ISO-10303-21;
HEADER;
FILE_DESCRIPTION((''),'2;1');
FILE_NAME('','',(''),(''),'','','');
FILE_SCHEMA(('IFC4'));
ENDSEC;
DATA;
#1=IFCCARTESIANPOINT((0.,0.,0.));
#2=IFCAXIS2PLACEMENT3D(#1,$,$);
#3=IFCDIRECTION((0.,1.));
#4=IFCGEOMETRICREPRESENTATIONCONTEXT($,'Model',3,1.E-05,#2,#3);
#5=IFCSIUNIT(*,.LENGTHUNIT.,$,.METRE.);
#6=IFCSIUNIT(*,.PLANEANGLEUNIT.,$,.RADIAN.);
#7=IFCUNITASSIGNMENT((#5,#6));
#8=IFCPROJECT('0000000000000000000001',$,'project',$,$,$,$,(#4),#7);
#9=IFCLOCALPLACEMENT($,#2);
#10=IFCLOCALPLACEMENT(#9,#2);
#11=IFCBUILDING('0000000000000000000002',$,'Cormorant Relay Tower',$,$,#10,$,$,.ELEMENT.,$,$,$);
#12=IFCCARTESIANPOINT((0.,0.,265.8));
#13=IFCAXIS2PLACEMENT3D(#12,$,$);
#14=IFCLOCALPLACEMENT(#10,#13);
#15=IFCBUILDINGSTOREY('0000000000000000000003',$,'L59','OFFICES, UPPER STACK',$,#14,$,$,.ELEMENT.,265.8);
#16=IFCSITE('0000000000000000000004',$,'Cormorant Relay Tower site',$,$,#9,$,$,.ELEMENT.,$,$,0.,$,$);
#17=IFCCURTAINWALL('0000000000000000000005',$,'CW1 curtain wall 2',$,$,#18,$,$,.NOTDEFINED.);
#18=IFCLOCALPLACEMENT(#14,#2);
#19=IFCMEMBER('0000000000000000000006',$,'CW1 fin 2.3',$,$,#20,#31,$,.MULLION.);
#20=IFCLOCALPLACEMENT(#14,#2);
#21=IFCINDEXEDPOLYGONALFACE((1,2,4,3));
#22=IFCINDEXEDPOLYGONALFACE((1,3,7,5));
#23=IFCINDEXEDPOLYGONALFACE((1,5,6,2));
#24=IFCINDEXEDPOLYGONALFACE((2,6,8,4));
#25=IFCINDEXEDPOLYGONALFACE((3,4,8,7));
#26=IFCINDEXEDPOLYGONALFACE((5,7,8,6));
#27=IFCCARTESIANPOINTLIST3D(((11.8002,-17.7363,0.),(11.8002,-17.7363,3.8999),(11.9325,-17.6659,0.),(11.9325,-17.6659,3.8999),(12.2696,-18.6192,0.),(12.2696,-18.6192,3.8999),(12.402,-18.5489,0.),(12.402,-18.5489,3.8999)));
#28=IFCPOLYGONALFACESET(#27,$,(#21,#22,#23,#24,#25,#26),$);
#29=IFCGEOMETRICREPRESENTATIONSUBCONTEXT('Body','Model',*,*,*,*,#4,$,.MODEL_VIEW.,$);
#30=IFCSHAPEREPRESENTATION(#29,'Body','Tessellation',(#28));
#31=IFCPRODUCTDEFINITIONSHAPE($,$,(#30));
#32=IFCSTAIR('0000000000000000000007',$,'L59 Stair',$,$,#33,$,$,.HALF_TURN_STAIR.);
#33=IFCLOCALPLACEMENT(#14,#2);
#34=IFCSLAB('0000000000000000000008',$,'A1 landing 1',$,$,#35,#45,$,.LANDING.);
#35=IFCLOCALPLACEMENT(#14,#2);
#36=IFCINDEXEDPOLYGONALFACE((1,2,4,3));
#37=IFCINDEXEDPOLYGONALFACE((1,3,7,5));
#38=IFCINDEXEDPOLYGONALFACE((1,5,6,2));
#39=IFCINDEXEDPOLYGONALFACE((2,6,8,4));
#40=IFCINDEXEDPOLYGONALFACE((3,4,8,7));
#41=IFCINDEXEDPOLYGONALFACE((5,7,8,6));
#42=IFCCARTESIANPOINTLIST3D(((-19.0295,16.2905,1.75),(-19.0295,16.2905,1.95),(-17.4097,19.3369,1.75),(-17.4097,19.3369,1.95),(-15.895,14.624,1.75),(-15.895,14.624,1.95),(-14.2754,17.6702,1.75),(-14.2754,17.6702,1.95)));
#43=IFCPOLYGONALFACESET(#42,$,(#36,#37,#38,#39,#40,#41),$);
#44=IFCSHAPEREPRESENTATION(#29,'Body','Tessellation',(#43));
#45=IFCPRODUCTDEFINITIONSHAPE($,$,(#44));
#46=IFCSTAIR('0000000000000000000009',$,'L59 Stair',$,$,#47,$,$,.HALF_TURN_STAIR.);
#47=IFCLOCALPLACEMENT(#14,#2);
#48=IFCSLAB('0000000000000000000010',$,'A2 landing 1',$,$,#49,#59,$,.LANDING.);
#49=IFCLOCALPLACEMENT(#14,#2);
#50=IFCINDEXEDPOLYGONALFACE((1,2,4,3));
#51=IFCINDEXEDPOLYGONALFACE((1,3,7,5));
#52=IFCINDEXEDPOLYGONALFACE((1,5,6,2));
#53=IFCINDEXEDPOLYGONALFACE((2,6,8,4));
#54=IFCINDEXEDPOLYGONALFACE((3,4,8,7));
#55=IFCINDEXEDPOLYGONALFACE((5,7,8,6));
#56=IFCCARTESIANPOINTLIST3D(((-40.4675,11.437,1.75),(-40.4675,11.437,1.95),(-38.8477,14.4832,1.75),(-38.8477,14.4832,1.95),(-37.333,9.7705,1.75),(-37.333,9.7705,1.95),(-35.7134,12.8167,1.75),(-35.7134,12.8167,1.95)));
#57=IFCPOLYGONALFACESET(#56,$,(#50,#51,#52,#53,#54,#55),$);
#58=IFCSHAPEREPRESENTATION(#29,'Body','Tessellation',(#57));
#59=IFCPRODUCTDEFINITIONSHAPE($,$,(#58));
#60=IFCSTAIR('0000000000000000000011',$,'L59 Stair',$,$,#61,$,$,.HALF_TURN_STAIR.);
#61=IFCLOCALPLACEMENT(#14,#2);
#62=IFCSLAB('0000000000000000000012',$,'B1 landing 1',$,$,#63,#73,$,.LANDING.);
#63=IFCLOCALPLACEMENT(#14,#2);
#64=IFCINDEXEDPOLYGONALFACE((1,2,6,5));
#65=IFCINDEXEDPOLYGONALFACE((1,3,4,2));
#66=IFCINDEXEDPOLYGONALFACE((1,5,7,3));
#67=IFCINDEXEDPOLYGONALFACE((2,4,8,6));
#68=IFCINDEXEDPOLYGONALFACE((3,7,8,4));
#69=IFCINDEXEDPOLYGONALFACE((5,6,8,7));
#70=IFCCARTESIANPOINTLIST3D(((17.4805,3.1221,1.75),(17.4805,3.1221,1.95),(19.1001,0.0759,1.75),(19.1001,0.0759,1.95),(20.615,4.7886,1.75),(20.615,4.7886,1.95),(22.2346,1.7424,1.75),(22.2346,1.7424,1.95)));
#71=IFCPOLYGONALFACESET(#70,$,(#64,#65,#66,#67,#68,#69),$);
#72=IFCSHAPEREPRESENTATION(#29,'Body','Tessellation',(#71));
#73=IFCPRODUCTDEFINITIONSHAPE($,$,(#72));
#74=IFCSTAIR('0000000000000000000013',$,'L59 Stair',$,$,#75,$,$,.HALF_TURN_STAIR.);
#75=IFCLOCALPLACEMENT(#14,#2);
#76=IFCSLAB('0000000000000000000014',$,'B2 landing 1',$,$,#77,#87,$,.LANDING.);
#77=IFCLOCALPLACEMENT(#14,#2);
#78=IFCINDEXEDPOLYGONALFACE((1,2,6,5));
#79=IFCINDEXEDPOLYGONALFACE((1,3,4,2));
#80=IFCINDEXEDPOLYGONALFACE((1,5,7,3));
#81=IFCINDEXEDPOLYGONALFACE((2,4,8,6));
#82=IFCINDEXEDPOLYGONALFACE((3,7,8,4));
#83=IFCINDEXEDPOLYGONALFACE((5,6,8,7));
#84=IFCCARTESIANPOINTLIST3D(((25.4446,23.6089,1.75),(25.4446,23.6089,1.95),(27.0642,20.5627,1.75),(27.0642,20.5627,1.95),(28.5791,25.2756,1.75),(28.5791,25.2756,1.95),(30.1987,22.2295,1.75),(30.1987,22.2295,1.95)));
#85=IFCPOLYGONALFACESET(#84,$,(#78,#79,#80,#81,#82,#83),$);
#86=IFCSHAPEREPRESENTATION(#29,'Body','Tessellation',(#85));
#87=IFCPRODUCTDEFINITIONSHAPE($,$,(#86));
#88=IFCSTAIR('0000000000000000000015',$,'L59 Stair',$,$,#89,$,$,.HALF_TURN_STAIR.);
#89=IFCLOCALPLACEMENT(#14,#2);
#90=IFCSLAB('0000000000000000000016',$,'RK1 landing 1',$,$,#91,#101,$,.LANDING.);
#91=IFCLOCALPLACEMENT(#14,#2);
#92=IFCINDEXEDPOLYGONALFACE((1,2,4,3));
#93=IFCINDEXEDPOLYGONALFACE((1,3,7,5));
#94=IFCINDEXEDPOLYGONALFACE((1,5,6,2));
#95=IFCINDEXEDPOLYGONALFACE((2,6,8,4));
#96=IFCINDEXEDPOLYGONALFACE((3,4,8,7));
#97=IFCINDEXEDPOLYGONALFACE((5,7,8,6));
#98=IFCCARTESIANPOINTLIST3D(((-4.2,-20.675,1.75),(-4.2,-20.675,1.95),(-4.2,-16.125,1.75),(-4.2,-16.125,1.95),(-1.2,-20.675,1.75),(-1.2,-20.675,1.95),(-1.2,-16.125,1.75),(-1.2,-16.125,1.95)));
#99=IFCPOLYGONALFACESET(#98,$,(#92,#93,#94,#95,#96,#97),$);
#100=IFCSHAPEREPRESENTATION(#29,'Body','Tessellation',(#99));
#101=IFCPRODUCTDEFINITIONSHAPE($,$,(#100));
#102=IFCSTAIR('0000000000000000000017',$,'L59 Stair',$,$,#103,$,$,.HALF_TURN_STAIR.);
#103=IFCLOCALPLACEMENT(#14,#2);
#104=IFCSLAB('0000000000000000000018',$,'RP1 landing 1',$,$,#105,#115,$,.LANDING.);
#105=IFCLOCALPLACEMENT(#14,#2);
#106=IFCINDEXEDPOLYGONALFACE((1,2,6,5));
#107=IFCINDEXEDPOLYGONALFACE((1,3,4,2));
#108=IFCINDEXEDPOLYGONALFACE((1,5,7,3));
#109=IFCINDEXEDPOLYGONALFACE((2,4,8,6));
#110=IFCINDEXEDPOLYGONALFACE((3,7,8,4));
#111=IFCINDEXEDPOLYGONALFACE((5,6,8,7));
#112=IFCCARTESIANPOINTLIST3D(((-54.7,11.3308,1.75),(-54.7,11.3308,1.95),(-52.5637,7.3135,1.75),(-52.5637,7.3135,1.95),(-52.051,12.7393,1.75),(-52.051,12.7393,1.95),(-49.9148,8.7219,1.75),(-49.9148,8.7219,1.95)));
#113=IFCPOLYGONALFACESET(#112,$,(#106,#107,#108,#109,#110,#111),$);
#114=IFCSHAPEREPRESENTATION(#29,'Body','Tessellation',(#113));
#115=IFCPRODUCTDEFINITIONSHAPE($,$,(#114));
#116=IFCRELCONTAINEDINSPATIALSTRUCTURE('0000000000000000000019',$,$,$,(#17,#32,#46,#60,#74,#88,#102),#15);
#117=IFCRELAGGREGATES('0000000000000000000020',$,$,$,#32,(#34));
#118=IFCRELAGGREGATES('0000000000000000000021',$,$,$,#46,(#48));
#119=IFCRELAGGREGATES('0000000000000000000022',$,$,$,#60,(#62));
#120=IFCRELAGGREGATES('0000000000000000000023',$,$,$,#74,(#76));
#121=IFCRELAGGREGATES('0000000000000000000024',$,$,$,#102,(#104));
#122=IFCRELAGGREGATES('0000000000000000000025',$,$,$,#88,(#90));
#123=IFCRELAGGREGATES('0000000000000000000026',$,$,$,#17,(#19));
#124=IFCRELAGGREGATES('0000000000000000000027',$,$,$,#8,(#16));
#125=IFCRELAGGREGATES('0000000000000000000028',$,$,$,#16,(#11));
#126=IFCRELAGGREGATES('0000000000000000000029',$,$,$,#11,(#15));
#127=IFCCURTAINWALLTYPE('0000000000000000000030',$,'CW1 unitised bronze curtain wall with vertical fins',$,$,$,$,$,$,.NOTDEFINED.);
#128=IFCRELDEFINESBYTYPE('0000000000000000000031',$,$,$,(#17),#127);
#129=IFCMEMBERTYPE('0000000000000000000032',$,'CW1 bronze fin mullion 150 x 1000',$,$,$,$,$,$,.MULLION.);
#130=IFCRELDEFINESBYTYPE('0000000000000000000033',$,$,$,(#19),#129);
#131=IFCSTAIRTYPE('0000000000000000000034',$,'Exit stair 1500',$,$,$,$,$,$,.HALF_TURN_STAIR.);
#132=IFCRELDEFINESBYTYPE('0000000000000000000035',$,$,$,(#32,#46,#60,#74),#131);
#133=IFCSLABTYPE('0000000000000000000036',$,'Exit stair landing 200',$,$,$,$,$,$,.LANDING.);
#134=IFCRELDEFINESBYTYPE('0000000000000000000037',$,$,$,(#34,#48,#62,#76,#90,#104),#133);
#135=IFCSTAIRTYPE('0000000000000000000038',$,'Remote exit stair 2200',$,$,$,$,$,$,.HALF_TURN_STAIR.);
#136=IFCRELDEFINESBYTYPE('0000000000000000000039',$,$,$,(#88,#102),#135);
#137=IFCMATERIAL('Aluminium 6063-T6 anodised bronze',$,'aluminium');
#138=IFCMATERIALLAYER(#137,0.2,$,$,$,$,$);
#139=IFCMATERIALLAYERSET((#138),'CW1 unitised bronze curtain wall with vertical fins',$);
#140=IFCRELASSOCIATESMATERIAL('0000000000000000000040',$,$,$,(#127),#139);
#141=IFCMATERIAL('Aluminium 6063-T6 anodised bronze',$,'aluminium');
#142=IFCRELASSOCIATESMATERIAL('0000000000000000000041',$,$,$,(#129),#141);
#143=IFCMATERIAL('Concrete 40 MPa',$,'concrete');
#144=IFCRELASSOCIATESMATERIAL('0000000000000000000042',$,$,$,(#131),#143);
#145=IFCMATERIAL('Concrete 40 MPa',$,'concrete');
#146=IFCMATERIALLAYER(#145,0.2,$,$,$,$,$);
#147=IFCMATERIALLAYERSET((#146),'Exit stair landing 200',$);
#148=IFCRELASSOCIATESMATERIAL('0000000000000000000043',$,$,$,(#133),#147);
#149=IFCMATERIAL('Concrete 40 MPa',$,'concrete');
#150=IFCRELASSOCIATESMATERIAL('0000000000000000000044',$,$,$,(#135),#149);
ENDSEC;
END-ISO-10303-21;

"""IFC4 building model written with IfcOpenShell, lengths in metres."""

from ifc_helpers import new_model, si_unit, direction, frame, origin, origin_2d, place, context, subcontext, project, spatial, polyline, rectangle, outline, extrude, material, layer, layer_set, material_profile, profile_set, type_object, element, aggregate, save


model = new_model("IFC4")

# Units and contexts
model_context = context("Model", 3, precision=1e-05, world=origin(), true_north=direction((0.0, 1.0)))
body_context = subcontext(model_context, "Body", "Model", "MODEL_VIEW")
ifc_project = project(units=[si_unit("LENGTHUNIT", "METRE"), si_unit("PLANEANGLEUNIT", "RADIAN")], contexts=[model_context])

# Site, building, storey
site_placement = place(None, origin())
site = spatial("IfcSite", under=ifc_project, at=site_placement, Name="Cormorant Relay Tower site", CompositionType="ELEMENT", RefElevation=0.0)
building_placement = place(site_placement, origin())
building = spatial("IfcBuilding", under=site, at=building_placement, Name="Cormorant Relay Tower", CompositionType="ELEMENT")
storey_placement = place(building_placement, frame((0.0, 0.0, 265.8)))
storey = spatial("IfcBuildingStorey", under=building, at=storey_placement, Name="L59", Description="OFFICES, UPPER STACK", CompositionType="ELEMENT", Elevation=265.8)

# Curtain wall, member
ifc_material_1 = material(Name="Aluminium 6063-T6 anodised bronze", Category="aluminium")
ifc_layer_1 = layer(ifc_material_1, 0.2)
ifc_layer_set_1 = layer_set([ifc_layer_1], Name="CW1 unitised bronze curtain wall with vertical fins")
curtain_wall_type = type_object("IfcCurtainWallType", Name="CW1 unitised bronze curtain wall with vertical fins", PredefinedType="NOTDEFINED", material=ifc_layer_set_1)
curtain_wall_placement = place(storey_placement, origin())
curtain_wall = element("IfcCurtainWall", 1, at=curtain_wall_placement, inside=storey, type_object=curtain_wall_type, Name="CW1 curtain wall 2", PredefinedType="NOTDEFINED")
ifc_material_2 = material(Name="Aluminium 6063-T6 anodised bronze", Category="aluminium")
ifc_material_profile_1 = material_profile(ifc_material_2, rectangle(XDim=0.1499, YDim=1.0, at=origin_2d()), Name="AL 150x1000")
ifc_profile_set_1 = profile_set([ifc_material_profile_1], Name="Aluminium 6063-T6 anodised bronze")
member_type = type_object("IfcMemberType", Name="CW1 bronze fin mullion 150 x 1000", PredefinedType="MULLION", material=ifc_profile_set_1)
member_placement = place(storey_placement, frame((12.1011, -18.1426, 0.0), z_axis=(0.0, 0.0, 1.0), x_axis=(0.882948, 0.469472, 0.0)))
member = element("IfcMember", 2, at=member_placement, type_object=member_type, Name="CW1 fin 2.3", PredefinedType="MULLION", context=body_context, shape_type="SweptSolid", body=[
    extrude(rectangle(XDim=0.1499, YDim=1.0, at=origin_2d()), origin(), (0.0, 0.0, 1.0), 3.8999),
])

# Stairs, slabs
ifc_material_3 = material(Name="Concrete 40 MPa", Category="concrete")
stair_type_1 = type_object("IfcStairType", Name="Exit stair 1500", PredefinedType="HALF_TURN_STAIR", material=ifc_material_3)
stair_1_placement = place(storey_placement, origin())
stair_1 = element("IfcStair", 3, at=stair_1_placement, inside=storey, type_object=stair_type_1, Name="L59 Stair", PredefinedType="HALF_TURN_STAIR")
ifc_material_4 = material(Name="Concrete 40 MPa", Category="concrete")
ifc_layer_2 = layer(ifc_material_4, 0.2)
ifc_layer_set_2 = layer_set([ifc_layer_2], Name="Exit stair landing 200")
slab_type_1 = type_object("IfcSlabType", Name="Exit stair landing 200", PredefinedType="LANDING", material=ifc_layer_set_2)
slab_1_placement = place(storey_placement, frame((0.0, 0.0, 1.75)))
slab_1 = element("IfcSlab", 4, at=slab_1_placement, type_object=slab_type_1, Name="A1 landing 1", PredefinedType="LANDING", context=body_context, shape_type="SweptSolid", body=[
    extrude(outline(polyline([(-19.0295, 16.2905), (-15.895, 14.624), (-14.2754, 17.6702), (-17.4097, 19.3369), (-19.0295, 16.2905)])), origin(), (0.0, 0.0, 1.0), 0.2),
])
aggregate(stair_1, [slab_1])
stair_2_placement = place(storey_placement, origin())
stair_2 = element("IfcStair", 5, at=stair_2_placement, inside=storey, type_object=stair_type_1, Name="L59 Stair", PredefinedType="HALF_TURN_STAIR")
slab_2_placement = place(storey_placement, frame((0.0, 0.0, 1.75)))
slab_2 = element("IfcSlab", 6, at=slab_2_placement, type_object=slab_type_1, Name="A2 landing 1", PredefinedType="LANDING", context=body_context, shape_type="SweptSolid", body=[
    extrude(outline(polyline([(-35.7134, 12.8167), (-38.8477, 14.4832), (-40.4675, 11.437), (-37.333, 9.7705), (-35.7134, 12.8167)])), origin(), (0.0, 0.0, 1.0), 0.2),
])
aggregate(stair_2, [slab_2])
stair_3_placement = place(storey_placement, origin())
stair_3 = element("IfcStair", 7, at=stair_3_placement, inside=storey, type_object=stair_type_1, Name="L59 Stair", PredefinedType="HALF_TURN_STAIR")
slab_3_placement = place(storey_placement, frame((0.0, 0.0, 1.75)))
slab_3 = element("IfcSlab", 8, at=slab_3_placement, type_object=slab_type_1, Name="B1 landing 1", PredefinedType="LANDING", context=body_context, shape_type="SweptSolid", body=[
    extrude(outline(polyline([(20.615, 4.7886), (17.4805, 3.1221), (19.1001, 0.0759), (22.2346, 1.7424), (20.615, 4.7886)])), origin(), (0.0, 0.0, 1.0), 0.2),
])
aggregate(stair_3, [slab_3])
stair_4_placement = place(storey_placement, origin())
stair_4 = element("IfcStair", 9, at=stair_4_placement, inside=storey, type_object=stair_type_1, Name="L59 Stair", PredefinedType="HALF_TURN_STAIR")
slab_4_placement = place(storey_placement, frame((0.0, 0.0, 1.75)))
slab_4 = element("IfcSlab", 10, at=slab_4_placement, type_object=slab_type_1, Name="B2 landing 1", PredefinedType="LANDING", context=body_context, shape_type="SweptSolid", body=[
    extrude(outline(polyline([(27.0642, 20.5627), (30.1987, 22.2295), (28.5791, 25.2756), (25.4446, 23.6089), (27.0642, 20.5627)])), origin(), (0.0, 0.0, 1.0), 0.2),
])
aggregate(stair_4, [slab_4])
ifc_material_5 = material(Name="Concrete 40 MPa", Category="concrete")
stair_type_2 = type_object("IfcStairType", Name="Remote exit stair 2200", PredefinedType="HALF_TURN_STAIR", material=ifc_material_5)
stair_5_placement = place(storey_placement, origin())
stair_5 = element("IfcStair", 11, at=stair_5_placement, inside=storey, type_object=stair_type_2, Name="L59 Stair", PredefinedType="HALF_TURN_STAIR")
slab_5_placement = place(storey_placement, frame((0.0, 0.0, 1.75)))
slab_5 = element("IfcSlab", 12, at=slab_5_placement, type_object=slab_type_1, Name="RK1 landing 1", PredefinedType="LANDING", context=body_context, shape_type="SweptSolid", body=[
    extrude(outline(polyline([(-1.2, -16.125), (-4.2, -16.125), (-4.2, -20.675), (-1.2, -20.675), (-1.2, -16.125)])), origin(), (0.0, 0.0, 1.0), 0.2),
])
stair_6_placement = place(storey_placement, origin())
stair_6 = element("IfcStair", 13, at=stair_6_placement, inside=storey, type_object=stair_type_2, Name="L59 Stair", PredefinedType="HALF_TURN_STAIR")
slab_6_placement = place(storey_placement, frame((0.0, 0.0, 1.75)))
slab_6 = element("IfcSlab", 14, at=slab_6_placement, type_object=slab_type_1, Name="RP1 landing 1", PredefinedType="LANDING", context=body_context, shape_type="SweptSolid", body=[
    extrude(outline(polyline([(-52.051, 12.7393), (-54.7, 11.3308), (-52.5637, 7.3135), (-49.9148, 8.7219), (-52.051, 12.7393)])), origin(), (0.0, 0.0, 1.0), 0.2),
])
aggregate(stair_6, [slab_6])

aggregate(stair_5, [slab_5])

aggregate(curtain_wall, [member])

save(model, "model.ifc")
